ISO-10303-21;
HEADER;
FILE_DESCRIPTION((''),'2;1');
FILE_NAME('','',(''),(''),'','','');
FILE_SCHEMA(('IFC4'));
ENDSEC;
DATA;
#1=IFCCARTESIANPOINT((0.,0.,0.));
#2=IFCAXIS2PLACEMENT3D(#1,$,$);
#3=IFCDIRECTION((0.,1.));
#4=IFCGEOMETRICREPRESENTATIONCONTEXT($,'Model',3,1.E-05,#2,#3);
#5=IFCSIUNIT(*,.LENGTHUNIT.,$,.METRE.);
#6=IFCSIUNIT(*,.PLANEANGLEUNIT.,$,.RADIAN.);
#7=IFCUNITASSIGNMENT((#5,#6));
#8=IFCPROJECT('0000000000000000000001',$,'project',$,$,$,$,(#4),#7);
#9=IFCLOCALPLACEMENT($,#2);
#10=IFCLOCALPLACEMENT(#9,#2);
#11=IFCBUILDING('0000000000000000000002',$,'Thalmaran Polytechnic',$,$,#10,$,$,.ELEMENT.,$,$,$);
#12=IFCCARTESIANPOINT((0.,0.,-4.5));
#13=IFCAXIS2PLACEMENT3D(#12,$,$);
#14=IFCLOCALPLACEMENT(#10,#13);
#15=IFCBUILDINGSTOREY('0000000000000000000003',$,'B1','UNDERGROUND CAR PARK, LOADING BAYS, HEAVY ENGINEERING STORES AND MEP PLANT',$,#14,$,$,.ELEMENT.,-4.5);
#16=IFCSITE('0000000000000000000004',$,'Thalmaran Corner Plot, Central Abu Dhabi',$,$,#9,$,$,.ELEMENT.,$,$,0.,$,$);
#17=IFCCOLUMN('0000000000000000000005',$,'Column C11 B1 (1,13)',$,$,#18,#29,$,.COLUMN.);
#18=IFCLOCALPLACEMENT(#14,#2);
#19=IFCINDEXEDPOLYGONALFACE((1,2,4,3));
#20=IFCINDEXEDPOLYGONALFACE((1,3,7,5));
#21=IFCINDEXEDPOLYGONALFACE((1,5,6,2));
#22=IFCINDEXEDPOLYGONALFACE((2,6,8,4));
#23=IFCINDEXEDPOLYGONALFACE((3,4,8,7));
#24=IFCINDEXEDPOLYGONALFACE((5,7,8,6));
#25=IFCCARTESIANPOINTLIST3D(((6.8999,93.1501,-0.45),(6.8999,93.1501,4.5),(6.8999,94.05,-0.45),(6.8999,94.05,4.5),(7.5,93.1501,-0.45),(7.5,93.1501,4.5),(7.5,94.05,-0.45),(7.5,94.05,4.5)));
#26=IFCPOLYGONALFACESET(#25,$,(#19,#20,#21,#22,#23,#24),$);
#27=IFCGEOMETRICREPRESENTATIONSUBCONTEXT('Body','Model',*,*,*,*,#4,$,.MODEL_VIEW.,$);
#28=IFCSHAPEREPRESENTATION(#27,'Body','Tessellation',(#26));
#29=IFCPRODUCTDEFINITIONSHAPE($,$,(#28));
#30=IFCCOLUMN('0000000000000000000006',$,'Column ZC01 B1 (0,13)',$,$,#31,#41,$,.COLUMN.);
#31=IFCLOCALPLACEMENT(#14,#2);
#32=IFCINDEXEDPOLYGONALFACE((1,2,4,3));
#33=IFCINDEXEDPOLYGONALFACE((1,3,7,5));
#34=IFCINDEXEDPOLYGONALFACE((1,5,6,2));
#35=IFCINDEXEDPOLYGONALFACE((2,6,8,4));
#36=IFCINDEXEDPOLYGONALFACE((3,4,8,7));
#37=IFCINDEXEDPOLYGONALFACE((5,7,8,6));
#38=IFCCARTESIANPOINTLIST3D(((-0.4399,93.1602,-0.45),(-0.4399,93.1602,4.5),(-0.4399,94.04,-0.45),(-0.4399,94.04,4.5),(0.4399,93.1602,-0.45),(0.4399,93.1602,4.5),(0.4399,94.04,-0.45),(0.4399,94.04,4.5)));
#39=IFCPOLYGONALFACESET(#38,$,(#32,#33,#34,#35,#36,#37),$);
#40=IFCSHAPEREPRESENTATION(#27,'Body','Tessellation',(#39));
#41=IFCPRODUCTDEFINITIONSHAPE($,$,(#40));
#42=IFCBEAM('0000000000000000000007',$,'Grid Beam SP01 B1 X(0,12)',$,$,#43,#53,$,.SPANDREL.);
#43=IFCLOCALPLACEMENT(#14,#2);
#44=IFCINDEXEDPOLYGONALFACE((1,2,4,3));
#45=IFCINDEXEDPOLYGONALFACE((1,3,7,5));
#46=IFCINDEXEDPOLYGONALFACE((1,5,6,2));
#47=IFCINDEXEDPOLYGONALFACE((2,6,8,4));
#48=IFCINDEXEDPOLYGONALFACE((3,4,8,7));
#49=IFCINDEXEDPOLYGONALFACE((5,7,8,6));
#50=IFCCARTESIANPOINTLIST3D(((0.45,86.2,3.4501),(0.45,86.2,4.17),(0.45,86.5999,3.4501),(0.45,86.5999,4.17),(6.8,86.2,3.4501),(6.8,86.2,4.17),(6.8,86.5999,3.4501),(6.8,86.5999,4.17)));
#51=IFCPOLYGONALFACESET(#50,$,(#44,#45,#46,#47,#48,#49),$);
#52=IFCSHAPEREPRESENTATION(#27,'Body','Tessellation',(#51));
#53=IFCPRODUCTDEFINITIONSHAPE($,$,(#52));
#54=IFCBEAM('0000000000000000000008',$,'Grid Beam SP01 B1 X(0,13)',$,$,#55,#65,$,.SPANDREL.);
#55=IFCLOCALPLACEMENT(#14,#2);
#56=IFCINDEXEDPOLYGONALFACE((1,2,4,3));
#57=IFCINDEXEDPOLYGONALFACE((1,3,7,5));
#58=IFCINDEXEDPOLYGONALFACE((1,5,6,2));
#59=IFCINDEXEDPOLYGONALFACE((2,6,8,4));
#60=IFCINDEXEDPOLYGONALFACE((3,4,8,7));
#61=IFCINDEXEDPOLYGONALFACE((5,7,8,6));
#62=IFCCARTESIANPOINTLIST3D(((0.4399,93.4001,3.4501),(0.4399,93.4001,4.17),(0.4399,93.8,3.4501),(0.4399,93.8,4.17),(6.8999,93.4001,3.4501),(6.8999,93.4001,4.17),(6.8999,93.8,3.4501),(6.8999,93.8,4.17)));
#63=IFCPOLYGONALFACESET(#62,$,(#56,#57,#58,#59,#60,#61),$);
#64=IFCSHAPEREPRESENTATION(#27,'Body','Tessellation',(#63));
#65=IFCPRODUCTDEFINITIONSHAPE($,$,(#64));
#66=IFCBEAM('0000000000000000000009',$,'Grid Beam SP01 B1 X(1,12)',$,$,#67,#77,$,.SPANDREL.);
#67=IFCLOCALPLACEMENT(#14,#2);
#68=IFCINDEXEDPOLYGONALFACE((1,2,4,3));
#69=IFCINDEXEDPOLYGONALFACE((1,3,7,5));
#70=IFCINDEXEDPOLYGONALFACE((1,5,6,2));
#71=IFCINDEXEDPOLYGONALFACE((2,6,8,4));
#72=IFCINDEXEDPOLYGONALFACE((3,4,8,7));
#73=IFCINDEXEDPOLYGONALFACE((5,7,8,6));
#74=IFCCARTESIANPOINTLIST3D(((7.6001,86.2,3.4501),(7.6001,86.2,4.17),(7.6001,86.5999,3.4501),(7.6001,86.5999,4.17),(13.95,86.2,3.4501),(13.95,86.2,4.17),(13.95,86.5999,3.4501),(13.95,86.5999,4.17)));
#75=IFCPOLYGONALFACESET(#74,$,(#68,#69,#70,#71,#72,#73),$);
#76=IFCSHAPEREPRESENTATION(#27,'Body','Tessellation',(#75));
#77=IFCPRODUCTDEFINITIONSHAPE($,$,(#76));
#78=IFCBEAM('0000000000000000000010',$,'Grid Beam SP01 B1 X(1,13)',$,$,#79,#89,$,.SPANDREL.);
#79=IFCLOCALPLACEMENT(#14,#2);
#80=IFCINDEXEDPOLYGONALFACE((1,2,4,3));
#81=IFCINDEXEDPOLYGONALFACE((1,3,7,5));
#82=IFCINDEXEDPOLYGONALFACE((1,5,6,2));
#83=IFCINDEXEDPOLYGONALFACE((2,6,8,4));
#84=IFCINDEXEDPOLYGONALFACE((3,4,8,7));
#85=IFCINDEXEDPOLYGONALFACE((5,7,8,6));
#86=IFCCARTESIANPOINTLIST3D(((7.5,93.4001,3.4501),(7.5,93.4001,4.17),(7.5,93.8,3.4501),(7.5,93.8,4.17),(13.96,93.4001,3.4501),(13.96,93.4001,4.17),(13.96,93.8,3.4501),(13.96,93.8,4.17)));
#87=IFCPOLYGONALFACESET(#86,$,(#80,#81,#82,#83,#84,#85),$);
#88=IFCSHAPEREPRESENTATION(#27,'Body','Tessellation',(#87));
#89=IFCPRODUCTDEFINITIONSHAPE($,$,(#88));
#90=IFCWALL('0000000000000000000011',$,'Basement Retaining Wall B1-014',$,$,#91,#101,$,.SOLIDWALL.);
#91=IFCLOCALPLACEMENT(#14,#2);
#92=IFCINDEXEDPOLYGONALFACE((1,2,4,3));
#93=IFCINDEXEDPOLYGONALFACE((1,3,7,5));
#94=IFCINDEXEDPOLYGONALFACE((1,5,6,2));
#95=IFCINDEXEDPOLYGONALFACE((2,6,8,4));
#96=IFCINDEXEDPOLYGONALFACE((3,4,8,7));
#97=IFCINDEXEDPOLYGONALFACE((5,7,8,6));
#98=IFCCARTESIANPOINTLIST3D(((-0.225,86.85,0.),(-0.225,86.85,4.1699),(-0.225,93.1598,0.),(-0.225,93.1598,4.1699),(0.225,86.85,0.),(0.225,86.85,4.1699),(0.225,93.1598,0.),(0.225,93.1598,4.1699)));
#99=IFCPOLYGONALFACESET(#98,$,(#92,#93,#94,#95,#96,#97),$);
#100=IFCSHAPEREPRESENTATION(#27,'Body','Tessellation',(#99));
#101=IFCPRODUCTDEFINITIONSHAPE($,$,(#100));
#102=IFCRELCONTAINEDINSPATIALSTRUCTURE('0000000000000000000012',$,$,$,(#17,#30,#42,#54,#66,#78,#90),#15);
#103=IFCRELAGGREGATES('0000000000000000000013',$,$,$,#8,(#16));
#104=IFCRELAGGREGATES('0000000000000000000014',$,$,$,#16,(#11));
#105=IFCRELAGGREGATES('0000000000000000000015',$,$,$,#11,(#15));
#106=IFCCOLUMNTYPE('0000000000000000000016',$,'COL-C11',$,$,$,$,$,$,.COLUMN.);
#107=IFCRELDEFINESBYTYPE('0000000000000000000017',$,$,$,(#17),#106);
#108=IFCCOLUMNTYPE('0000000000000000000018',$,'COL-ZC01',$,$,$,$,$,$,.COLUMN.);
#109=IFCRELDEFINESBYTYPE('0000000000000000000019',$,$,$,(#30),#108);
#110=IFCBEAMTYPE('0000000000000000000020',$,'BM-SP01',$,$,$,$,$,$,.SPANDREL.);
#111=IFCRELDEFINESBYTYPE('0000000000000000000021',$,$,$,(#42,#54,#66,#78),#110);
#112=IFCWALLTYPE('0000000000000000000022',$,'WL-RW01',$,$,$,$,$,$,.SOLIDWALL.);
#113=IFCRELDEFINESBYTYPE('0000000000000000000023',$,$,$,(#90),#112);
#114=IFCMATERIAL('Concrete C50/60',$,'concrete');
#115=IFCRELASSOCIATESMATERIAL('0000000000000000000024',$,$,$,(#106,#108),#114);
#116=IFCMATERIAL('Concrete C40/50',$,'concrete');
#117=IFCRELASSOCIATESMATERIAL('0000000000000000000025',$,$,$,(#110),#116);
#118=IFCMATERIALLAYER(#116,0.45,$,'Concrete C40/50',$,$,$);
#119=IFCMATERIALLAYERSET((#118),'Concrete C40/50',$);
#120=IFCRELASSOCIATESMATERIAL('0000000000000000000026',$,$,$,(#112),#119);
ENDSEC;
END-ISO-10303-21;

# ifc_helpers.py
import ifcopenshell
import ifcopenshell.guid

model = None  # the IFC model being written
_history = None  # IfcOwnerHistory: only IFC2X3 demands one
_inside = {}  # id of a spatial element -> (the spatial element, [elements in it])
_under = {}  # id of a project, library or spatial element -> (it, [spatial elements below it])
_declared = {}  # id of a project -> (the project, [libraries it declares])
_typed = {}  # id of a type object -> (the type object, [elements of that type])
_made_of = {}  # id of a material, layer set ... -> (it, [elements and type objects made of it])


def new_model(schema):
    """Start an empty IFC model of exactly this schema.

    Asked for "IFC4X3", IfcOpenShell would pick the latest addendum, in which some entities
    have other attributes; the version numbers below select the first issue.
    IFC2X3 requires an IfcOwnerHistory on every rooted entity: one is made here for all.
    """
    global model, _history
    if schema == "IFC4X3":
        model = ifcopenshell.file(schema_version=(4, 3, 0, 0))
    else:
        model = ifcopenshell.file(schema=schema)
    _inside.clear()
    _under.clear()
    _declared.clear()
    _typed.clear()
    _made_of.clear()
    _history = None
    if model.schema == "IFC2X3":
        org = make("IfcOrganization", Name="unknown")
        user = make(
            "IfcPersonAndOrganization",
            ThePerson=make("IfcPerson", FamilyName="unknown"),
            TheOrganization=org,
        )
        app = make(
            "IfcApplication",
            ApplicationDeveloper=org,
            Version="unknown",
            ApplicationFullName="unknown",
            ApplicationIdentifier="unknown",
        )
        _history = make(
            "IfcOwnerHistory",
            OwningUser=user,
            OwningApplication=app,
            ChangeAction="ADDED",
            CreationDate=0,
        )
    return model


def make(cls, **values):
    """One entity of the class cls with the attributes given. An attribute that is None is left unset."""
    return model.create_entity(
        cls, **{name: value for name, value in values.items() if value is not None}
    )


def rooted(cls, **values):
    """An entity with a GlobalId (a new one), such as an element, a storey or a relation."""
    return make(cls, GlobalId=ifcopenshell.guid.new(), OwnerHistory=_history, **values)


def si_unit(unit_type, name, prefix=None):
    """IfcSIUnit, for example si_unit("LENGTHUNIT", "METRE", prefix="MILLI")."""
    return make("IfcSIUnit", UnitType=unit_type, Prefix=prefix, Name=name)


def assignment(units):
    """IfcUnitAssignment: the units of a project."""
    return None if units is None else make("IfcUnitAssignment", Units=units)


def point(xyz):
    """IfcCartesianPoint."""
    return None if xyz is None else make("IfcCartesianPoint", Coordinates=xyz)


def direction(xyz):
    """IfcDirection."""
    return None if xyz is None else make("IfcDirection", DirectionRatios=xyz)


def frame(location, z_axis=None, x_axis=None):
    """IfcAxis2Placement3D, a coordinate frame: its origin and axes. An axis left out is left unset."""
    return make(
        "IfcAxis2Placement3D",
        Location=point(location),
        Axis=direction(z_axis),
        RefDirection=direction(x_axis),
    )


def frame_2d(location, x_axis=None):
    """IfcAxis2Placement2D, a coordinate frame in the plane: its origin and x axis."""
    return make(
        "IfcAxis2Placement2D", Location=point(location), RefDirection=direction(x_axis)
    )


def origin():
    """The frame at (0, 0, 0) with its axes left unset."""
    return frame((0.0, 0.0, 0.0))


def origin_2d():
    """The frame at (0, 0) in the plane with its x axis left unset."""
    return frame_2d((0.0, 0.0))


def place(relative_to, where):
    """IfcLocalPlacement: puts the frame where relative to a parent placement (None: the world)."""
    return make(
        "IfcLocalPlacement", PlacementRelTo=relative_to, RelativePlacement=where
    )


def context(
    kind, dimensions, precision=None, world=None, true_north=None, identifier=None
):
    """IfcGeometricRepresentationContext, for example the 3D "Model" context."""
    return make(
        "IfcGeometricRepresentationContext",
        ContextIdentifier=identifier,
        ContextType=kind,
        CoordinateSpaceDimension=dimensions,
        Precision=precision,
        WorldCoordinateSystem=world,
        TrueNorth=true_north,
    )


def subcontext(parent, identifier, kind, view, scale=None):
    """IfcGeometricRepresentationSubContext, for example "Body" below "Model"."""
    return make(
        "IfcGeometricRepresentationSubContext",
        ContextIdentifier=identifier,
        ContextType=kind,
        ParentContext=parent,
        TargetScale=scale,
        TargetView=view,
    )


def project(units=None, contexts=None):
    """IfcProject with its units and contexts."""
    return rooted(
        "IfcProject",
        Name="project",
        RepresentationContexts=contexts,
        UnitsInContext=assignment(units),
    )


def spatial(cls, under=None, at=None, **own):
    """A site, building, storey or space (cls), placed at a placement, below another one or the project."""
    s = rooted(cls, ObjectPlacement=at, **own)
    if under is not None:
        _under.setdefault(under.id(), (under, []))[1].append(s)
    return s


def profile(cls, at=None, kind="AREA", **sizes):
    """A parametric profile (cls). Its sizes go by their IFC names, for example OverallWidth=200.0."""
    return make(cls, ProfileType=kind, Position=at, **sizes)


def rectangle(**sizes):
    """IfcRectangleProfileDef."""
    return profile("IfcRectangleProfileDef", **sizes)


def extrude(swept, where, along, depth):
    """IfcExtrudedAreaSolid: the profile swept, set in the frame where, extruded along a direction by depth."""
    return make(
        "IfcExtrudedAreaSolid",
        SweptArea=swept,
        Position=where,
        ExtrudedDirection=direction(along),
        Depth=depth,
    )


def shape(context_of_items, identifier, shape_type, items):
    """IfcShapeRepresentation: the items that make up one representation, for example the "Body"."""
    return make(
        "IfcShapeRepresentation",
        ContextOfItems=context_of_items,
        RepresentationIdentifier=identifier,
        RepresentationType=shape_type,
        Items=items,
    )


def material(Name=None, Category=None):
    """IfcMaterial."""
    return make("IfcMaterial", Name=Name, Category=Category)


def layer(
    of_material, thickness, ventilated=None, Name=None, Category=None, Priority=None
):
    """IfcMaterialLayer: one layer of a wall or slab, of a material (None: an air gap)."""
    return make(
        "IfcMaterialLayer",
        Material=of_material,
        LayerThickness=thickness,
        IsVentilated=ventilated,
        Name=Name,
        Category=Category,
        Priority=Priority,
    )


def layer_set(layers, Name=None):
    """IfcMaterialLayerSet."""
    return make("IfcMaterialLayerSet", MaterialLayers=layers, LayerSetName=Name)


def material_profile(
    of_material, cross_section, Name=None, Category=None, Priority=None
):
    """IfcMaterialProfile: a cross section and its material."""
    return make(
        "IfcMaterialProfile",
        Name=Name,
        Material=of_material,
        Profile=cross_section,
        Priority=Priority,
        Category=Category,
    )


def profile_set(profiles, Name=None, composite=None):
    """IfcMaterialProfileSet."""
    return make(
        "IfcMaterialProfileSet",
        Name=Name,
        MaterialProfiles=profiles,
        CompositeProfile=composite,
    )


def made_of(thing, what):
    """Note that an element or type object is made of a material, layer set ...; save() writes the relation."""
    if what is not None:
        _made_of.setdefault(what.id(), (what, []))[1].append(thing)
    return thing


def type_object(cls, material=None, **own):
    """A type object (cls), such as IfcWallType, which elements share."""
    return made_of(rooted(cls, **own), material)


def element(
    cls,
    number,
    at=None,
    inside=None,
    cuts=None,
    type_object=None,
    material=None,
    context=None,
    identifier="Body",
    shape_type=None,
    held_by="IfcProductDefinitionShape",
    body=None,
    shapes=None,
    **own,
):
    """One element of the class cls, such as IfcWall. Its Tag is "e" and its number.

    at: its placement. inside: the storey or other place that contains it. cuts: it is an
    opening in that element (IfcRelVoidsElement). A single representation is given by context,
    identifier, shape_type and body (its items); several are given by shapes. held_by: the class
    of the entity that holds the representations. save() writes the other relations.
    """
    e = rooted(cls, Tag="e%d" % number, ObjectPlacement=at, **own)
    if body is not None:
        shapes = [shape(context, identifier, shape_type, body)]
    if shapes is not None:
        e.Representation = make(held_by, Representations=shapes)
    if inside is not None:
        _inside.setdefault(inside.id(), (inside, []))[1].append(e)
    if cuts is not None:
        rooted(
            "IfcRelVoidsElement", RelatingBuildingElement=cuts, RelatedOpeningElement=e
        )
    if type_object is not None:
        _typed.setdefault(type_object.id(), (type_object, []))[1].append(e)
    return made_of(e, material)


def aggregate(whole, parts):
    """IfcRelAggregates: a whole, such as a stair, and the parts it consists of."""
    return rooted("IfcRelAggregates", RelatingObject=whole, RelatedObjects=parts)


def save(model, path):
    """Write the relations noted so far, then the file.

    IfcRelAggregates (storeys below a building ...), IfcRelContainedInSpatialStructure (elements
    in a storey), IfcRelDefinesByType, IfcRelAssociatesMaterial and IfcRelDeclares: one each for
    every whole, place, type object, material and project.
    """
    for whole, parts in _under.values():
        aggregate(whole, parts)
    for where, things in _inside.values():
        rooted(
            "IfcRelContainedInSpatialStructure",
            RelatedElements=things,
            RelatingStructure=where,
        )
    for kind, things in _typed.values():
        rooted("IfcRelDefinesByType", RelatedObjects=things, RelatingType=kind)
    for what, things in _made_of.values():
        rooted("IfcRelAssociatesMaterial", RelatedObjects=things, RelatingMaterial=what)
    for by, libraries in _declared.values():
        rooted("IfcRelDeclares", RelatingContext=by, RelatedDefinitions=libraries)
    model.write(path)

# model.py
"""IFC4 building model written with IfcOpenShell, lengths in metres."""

from ifc_helpers import new_model, si_unit, direction, frame, frame_2d, origin, origin_2d, place, context, subcontext, project, spatial, rectangle, extrude, material, layer, layer_set, material_profile, profile_set, type_object, element, save


model = new_model("IFC4")

# Units and contexts
model_context = context("Model", 3, precision=1e-05, world=origin(), true_north=direction((0.0, 1.0)))
body_context = subcontext(model_context, "Body", "Model", "MODEL_VIEW")
ifc_project = project(units=[si_unit("LENGTHUNIT", "METRE"), si_unit("PLANEANGLEUNIT", "RADIAN")], contexts=[model_context])

# Site, building, storey
site_placement = place(None, origin())
site = spatial("IfcSite", under=ifc_project, at=site_placement, Name="Thalmaran Corner Plot, Central Abu Dhabi", CompositionType="ELEMENT", RefElevation=0.0)
building_placement = place(site_placement, origin())
building = spatial("IfcBuilding", under=site, at=building_placement, Name="Thalmaran Polytechnic", CompositionType="ELEMENT")
storey_placement = place(building_placement, frame((0.0, 0.0, -4.5)))
storey = spatial("IfcBuildingStorey", under=building, at=storey_placement, Name="B1", Description="UNDERGROUND CAR PARK, LOADING BAYS, HEAVY ENGINEERING STORES AND MEP PLANT", CompositionType="ELEMENT", Elevation=-4.5)

# Shared definitions
ifc_material_1 = material(Name="Concrete C40/50", Category="concrete")

# Columns
ifc_material_2 = material(Name="Concrete C50/60", Category="concrete")
ifc_material_profile_1 = material_profile(ifc_material_2, rectangle(XDim=0.6001, YDim=0.8999, at=origin_2d()), Name="RC 600x900")
ifc_profile_set_1 = profile_set([ifc_material_profile_1], Name="Concrete C50/60")
column_type_1 = type_object("IfcColumnType", Name="COL-C11", PredefinedType="COLUMN", material=ifc_profile_set_1)
column_1_placement = place(storey_placement, frame((7.2, 93.6001, -0.45), z_axis=(0.0, 0.0, 1.0), x_axis=(1.0, 0.0, 0.0)))
element("IfcColumn", 1, at=column_1_placement, inside=storey, type_object=column_type_1, Name="Column C11 B1 (1,13)", PredefinedType="COLUMN", context=body_context, shape_type="SweptSolid", body=[
    extrude(rectangle(XDim=0.6001, YDim=0.8999, at=origin_2d()), origin(), (0.0, 0.0, 1.0), 4.95),
])
ifc_material_profile_2 = material_profile(ifc_material_2, rectangle(XDim=0.8799, YDim=0.8799, at=origin_2d()), Name="RC 880x880")
ifc_profile_set_2 = profile_set([ifc_material_profile_2], Name="Concrete C50/60")
column_type_2 = type_object("IfcColumnType", Name="COL-ZC01", PredefinedType="COLUMN", material=ifc_profile_set_2)
column_2_placement = place(storey_placement, frame((0.0, 93.6001, -0.45), z_axis=(0.0, 0.0, 1.0), x_axis=(1.0, 0.0, 0.0)))
element("IfcColumn", 2, at=column_2_placement, inside=storey, type_object=column_type_2, Name="Column ZC01 B1 (0,13)", PredefinedType="COLUMN", context=body_context, shape_type="SweptSolid", body=[
    extrude(rectangle(XDim=0.8799, YDim=0.8799, at=origin_2d()), origin(), (0.0, 0.0, 1.0), 4.95),
])

# Beams
ifc_material_profile_3 = material_profile(ifc_material_1, rectangle(XDim=0.3999, YDim=0.72, at=origin_2d()), Name="RC 400x720")
ifc_profile_set_3 = profile_set([ifc_material_profile_3], Name="Concrete C40/50")
beam_type = type_object("IfcBeamType", Name="BM-SP01", PredefinedType="SPANDREL", material=ifc_profile_set_3)
beam_1_placement = place(storey_placement, frame((0.45, 86.3999, 3.8101), z_axis=(1.0, 0.0, 0.0), x_axis=(0.0, 1.0, 0.0)))
element("IfcBeam", 3, at=beam_1_placement, inside=storey, type_object=beam_type, Name="Grid Beam SP01 B1 X(0,12)", PredefinedType="SPANDREL", context=body_context, shape_type="SweptSolid", body=[
    extrude(rectangle(XDim=0.3999, YDim=0.72, at=origin_2d()), origin(), (0.0, 0.0, 1.0), 6.3501),
])
beam_2_placement = place(storey_placement, frame((0.4399, 93.6001, 3.8101), z_axis=(1.0, 0.0, 0.0), x_axis=(0.0, 1.0, 0.0)))
element("IfcBeam", 4, at=beam_2_placement, inside=storey, type_object=beam_type, Name="Grid Beam SP01 B1 X(0,13)", PredefinedType="SPANDREL", context=body_context, shape_type="SweptSolid", body=[
    extrude(rectangle(XDim=0.3999, YDim=0.72, at=origin_2d()), origin(), (0.0, 0.0, 1.0), 6.46),
])
beam_3_placement = place(storey_placement, frame((7.6001, 86.3999, 3.8101), z_axis=(1.0, 0.0, 0.0), x_axis=(0.0, 1.0, 0.0)))
element("IfcBeam", 5, at=beam_3_placement, inside=storey, type_object=beam_type, Name="Grid Beam SP01 B1 X(1,12)", PredefinedType="SPANDREL", context=body_context, shape_type="SweptSolid", body=[
    extrude(rectangle(XDim=0.3999, YDim=0.72, at=origin_2d()), origin(), (0.0, 0.0, 1.0), 6.3499),
])
beam_4_placement = place(storey_placement, frame((7.5, 93.6001, 3.8101), z_axis=(1.0, 0.0, 0.0), x_axis=(0.0, 1.0, 0.0)))
element("IfcBeam", 6, at=beam_4_placement, inside=storey, type_object=beam_type, Name="Grid Beam SP01 B1 X(1,13)", PredefinedType="SPANDREL", context=body_context, shape_type="SweptSolid", body=[
    extrude(rectangle(XDim=0.3999, YDim=0.72, at=origin_2d()), origin(), (0.0, 0.0, 1.0), 6.46),
])

# Wall
ifc_layer = layer(ifc_material_1, 0.45, Name="Concrete C40/50")
ifc_layer_set = layer_set([ifc_layer], Name="Concrete C40/50")
wall_type = type_object("IfcWallType", Name="WL-RW01", PredefinedType="SOLIDWALL", material=ifc_layer_set)
wall_placement = place(storey_placement, frame((0.0, 86.8501, 0.0), z_axis=(0.0, 0.0, 1.0), x_axis=(0.0, 1.0, 0.0)))
element("IfcWall", 7, at=wall_placement, inside=storey, type_object=wall_type, Name="Basement Retaining Wall B1-014", PredefinedType="SOLIDWALL", context=body_context, shape_type="SweptSolid", body=[
    extrude(rectangle(XDim=6.3098, YDim=0.45, at=frame_2d((3.1548, 0.0))), origin(), (0.0, 0.0, 1.0), 4.1699),
])

save(model, "model.ifc")
